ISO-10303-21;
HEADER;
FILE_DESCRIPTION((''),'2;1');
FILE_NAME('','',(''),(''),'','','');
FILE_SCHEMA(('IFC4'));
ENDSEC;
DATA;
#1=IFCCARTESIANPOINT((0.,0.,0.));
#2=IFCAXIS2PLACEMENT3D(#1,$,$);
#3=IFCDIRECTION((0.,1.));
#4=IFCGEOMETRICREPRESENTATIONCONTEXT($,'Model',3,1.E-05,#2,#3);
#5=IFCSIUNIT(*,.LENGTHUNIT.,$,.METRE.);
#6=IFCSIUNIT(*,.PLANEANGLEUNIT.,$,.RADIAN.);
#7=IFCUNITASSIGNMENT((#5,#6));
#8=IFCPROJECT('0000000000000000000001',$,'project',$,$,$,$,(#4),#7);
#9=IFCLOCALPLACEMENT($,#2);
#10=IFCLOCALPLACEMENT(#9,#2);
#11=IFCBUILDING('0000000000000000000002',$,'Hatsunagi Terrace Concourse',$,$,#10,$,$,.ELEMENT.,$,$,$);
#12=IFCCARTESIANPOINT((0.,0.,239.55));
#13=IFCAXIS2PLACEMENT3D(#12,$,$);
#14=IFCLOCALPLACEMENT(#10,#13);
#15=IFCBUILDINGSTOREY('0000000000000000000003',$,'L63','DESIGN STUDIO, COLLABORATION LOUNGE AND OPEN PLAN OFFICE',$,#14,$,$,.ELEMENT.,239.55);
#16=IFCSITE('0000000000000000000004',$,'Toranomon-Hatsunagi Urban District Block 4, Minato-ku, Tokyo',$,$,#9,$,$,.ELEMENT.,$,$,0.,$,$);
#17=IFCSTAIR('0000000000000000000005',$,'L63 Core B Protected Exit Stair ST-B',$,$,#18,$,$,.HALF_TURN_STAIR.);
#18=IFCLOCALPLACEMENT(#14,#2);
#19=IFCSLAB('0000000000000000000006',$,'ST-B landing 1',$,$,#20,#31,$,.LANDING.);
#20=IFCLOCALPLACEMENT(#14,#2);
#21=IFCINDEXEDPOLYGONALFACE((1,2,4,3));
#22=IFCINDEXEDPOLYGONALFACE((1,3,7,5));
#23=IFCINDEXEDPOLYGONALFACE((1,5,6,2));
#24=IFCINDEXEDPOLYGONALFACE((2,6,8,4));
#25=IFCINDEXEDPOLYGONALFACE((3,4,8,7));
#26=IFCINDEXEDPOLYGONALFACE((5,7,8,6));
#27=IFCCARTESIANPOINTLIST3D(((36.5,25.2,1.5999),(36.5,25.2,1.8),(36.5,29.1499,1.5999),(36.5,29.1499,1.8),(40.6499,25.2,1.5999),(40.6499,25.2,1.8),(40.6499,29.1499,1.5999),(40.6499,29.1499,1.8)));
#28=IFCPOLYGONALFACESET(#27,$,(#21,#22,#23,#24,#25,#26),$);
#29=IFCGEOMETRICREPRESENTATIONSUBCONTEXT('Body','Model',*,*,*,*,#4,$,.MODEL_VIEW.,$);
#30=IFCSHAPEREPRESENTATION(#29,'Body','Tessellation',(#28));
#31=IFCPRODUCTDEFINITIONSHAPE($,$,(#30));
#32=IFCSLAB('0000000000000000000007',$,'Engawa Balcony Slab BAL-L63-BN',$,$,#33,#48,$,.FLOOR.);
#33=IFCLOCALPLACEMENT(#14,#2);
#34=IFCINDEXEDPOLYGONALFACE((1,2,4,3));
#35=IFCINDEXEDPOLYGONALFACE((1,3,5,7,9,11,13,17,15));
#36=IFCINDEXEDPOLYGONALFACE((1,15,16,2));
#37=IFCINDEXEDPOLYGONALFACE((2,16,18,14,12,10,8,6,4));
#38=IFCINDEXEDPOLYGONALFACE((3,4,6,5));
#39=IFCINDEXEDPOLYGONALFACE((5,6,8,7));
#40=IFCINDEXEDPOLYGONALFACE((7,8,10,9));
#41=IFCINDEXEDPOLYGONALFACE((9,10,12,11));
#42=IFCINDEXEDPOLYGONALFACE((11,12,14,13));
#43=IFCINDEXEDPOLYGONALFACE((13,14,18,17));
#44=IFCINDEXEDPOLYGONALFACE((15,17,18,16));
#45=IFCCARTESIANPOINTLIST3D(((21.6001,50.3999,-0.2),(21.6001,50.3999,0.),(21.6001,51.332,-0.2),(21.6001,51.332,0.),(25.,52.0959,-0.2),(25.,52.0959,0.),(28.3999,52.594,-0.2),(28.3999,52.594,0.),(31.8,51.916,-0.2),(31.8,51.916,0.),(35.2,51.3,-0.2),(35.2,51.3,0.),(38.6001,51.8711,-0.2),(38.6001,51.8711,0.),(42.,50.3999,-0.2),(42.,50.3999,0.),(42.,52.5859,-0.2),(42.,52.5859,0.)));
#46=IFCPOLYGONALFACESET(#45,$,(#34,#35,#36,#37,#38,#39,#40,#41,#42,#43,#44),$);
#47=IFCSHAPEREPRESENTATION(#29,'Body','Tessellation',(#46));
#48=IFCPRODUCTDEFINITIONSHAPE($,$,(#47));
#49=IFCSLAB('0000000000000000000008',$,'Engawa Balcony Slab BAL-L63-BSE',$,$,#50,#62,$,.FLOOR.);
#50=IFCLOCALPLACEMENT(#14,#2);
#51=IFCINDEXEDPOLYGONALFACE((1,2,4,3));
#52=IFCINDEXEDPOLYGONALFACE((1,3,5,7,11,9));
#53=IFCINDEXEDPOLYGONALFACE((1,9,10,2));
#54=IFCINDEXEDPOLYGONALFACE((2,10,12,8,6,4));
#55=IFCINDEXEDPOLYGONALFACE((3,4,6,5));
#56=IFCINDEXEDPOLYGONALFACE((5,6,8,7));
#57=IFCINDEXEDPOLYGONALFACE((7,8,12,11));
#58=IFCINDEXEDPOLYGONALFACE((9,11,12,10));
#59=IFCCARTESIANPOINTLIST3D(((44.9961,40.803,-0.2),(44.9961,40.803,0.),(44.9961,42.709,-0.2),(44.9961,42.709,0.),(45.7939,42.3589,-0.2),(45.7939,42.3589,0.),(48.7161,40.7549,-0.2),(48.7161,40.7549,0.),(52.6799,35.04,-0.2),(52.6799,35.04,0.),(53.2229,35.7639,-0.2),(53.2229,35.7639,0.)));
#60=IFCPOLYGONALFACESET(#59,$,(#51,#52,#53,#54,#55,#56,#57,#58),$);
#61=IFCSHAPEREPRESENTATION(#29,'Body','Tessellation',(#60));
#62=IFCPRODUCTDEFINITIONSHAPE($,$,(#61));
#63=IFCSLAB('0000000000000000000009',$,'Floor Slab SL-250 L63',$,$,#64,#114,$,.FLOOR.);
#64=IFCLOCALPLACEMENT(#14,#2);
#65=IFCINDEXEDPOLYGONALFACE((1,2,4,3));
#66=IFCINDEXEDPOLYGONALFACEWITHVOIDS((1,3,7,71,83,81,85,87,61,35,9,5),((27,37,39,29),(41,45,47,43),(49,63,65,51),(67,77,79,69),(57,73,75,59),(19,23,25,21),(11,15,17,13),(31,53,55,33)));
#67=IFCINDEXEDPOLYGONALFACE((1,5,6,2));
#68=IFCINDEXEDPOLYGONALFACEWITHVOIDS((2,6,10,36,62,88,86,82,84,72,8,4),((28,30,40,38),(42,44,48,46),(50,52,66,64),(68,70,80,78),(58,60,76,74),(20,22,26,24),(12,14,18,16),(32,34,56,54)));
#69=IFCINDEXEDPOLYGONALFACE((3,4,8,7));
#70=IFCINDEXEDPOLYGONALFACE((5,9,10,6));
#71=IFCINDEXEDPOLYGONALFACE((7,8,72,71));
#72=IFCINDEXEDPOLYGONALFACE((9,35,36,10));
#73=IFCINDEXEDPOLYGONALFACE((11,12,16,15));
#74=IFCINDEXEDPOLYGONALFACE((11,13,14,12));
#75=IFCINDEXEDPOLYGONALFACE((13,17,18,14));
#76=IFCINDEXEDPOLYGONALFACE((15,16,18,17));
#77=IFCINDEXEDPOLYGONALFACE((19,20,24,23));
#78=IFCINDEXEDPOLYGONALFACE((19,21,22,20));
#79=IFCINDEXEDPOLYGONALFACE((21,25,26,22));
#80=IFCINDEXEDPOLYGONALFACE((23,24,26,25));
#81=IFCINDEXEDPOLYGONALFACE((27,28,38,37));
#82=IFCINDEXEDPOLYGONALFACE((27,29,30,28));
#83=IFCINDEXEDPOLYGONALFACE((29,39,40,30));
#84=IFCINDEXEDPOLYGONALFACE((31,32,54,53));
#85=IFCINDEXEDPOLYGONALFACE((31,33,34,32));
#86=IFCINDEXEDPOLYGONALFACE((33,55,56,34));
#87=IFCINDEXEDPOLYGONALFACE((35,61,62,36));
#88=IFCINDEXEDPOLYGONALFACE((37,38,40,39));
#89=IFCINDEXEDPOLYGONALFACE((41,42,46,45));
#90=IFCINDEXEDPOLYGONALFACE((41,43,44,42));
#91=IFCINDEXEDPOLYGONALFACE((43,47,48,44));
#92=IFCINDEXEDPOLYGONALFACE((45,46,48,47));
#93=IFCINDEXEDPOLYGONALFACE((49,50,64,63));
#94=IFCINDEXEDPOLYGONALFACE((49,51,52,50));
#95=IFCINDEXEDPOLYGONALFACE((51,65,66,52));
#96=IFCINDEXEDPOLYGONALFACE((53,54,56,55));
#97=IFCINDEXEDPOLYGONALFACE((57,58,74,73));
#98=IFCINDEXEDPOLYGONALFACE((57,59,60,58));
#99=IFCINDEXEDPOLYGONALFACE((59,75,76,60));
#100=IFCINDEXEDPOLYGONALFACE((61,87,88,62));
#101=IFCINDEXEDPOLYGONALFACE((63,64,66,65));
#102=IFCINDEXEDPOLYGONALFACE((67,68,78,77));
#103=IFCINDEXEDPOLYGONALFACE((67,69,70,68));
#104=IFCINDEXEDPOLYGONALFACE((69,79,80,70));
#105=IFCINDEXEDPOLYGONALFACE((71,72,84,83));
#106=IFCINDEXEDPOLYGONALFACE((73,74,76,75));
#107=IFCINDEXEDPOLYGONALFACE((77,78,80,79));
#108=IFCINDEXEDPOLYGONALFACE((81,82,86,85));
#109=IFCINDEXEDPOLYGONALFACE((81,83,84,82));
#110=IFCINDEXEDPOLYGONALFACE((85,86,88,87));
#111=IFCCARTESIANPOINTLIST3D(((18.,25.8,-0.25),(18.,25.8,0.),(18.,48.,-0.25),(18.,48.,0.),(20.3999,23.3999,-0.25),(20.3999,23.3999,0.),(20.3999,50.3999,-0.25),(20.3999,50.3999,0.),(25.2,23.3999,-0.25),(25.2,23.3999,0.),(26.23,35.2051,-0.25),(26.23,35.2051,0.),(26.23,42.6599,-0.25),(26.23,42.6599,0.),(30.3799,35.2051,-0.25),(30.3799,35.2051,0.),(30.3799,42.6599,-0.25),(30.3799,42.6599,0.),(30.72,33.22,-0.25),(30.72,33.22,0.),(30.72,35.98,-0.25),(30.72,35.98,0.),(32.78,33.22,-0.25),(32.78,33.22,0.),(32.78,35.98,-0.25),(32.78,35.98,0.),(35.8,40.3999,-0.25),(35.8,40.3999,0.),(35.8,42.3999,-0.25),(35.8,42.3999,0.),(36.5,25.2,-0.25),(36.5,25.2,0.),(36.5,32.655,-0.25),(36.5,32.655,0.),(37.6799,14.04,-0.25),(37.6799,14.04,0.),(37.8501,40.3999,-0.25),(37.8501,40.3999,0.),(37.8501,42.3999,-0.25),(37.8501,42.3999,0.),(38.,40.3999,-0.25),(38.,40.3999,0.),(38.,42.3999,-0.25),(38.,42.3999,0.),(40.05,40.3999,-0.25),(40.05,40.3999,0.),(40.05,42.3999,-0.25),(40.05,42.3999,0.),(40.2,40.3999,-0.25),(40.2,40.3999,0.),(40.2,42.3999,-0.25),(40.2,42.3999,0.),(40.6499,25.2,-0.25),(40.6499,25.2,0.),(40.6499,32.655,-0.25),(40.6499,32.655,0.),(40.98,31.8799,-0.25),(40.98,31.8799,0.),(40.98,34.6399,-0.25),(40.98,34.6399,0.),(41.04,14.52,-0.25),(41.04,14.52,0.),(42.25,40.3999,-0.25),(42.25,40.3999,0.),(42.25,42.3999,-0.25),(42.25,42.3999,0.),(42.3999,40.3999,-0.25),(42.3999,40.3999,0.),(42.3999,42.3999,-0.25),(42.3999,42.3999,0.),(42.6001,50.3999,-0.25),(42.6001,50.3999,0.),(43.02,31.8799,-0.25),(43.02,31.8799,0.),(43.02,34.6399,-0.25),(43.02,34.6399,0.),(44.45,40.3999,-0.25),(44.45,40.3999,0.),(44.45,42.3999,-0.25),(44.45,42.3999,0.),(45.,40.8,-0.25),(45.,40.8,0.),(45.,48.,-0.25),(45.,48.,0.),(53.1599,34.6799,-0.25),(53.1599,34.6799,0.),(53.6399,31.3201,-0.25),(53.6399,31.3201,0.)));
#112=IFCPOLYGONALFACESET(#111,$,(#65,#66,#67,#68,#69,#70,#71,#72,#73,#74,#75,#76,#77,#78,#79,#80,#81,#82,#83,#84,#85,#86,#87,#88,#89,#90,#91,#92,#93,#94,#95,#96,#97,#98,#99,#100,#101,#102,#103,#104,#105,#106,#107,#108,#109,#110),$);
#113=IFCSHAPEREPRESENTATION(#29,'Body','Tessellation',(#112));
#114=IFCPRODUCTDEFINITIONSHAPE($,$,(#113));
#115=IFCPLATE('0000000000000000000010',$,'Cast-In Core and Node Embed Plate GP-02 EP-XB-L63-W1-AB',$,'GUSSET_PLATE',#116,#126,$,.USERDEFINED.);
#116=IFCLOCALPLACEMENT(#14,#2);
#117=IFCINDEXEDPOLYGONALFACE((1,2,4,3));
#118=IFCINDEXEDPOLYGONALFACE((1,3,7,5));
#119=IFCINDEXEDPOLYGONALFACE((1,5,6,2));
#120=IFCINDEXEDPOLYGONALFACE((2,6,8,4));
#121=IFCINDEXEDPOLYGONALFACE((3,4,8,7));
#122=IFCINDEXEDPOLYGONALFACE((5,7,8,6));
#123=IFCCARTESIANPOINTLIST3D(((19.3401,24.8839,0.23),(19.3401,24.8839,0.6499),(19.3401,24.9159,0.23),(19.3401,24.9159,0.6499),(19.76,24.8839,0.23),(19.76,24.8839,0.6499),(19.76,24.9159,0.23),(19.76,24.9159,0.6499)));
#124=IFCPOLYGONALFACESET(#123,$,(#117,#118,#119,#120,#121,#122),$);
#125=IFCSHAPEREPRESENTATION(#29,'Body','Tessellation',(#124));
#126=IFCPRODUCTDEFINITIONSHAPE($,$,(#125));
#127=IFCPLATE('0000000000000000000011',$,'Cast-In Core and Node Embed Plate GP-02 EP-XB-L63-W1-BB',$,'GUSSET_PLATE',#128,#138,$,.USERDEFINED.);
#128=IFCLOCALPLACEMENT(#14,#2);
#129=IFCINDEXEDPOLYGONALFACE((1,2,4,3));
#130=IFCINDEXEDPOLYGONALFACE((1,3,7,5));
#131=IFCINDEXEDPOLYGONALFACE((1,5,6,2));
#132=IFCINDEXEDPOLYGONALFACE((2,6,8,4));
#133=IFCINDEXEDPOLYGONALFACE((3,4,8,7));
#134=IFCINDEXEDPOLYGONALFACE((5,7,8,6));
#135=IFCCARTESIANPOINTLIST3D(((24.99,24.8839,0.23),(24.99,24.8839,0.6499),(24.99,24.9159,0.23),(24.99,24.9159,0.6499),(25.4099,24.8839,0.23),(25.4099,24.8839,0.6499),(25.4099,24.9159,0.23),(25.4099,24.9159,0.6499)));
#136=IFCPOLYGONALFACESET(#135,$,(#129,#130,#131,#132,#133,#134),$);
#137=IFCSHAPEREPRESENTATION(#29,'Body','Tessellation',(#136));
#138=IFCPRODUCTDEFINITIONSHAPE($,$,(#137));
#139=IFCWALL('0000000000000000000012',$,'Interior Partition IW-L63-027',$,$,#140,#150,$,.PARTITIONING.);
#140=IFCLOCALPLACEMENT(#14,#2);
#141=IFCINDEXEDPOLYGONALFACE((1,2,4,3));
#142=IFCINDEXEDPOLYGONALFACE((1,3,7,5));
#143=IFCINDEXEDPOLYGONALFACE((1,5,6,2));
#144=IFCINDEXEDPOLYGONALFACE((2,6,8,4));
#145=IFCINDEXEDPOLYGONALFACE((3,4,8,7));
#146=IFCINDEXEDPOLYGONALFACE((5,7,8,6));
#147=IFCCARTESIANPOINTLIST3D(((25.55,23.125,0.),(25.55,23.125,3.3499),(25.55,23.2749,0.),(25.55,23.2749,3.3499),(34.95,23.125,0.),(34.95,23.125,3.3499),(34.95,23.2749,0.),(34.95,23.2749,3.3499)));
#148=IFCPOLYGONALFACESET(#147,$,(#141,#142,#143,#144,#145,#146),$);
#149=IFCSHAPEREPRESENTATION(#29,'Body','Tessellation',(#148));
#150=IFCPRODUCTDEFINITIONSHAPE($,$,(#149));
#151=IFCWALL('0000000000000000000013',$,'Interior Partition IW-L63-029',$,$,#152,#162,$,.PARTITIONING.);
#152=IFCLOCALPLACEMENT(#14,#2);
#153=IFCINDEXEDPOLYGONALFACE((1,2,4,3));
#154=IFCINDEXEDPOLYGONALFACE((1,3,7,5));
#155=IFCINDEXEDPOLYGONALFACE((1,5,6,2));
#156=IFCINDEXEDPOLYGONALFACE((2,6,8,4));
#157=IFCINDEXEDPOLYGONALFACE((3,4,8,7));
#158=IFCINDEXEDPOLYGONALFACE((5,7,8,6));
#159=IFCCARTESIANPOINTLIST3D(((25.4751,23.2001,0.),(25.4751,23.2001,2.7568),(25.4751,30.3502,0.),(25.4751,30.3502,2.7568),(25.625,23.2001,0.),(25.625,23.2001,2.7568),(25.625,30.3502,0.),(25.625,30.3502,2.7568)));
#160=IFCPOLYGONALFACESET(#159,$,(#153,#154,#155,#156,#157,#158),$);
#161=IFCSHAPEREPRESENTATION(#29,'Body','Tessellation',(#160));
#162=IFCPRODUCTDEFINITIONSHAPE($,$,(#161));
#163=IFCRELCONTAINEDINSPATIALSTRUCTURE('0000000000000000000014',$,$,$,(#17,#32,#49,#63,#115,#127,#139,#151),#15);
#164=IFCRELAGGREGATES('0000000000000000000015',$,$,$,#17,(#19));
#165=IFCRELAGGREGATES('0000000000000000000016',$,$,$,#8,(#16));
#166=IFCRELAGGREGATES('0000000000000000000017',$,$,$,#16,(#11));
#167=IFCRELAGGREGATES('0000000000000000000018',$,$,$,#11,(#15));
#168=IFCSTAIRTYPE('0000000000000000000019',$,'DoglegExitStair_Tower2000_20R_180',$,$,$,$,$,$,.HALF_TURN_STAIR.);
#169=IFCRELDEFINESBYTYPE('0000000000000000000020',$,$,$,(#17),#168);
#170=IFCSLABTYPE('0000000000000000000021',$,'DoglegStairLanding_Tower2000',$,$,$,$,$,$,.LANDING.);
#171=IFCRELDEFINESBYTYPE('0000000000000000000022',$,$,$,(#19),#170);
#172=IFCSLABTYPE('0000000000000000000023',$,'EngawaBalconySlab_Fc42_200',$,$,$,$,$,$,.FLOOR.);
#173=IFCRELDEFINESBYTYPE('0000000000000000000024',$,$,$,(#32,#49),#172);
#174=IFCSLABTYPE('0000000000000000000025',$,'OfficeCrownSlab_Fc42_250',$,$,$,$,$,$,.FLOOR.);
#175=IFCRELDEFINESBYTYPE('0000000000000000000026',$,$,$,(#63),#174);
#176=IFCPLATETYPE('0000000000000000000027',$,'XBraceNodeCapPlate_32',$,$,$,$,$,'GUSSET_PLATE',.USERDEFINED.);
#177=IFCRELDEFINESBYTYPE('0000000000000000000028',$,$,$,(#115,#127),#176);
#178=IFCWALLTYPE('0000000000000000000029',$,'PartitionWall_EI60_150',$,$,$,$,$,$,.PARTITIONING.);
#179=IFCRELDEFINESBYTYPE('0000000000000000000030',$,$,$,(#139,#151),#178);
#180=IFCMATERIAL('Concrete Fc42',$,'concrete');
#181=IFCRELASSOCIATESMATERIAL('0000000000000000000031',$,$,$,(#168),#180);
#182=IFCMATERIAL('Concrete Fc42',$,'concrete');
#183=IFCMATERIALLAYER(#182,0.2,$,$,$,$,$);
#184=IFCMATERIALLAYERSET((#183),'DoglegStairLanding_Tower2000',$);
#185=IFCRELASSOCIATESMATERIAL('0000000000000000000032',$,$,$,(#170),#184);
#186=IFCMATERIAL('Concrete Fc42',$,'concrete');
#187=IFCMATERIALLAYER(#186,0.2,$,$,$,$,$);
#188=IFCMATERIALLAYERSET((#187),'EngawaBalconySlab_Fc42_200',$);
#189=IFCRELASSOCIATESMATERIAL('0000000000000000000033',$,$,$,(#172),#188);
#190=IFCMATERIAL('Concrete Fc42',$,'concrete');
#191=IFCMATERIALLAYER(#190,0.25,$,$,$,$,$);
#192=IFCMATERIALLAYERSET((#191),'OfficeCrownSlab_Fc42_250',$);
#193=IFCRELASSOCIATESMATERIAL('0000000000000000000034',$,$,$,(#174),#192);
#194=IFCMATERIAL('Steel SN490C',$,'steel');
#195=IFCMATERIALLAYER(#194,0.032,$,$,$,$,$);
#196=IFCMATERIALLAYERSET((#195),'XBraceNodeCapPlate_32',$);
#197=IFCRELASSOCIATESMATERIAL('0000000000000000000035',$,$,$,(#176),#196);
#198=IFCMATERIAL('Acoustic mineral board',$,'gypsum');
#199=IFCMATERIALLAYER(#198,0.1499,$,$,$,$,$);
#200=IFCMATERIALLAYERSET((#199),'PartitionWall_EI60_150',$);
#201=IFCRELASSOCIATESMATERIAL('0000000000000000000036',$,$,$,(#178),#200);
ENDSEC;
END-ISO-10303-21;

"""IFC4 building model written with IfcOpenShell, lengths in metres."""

from ifc_helpers import new_model, si_unit, direction, frame, frame_2d, origin, origin_2d, place, context, subcontext, project, spatial, polyline, rectangle, outline, extrude, material, layer, layer_set, type_object, element, aggregate, save


model = new_model("IFC4")

# Units and contexts
model_context = context("Model", 3, precision=1e-05, world=origin(), true_north=direction((0.0, 1.0)))
body_context = subcontext(model_context, "Body", "Model", "MODEL_VIEW")
ifc_project = project(units=[si_unit("LENGTHUNIT", "METRE"), si_unit("PLANEANGLEUNIT", "RADIAN")], contexts=[model_context])

# Site, building, storey
site_placement = place(None, origin())
site = spatial("IfcSite", under=ifc_project, at=site_placement, Name="Toranomon-Hatsunagi Urban District Block 4, Minato-ku, Tokyo", CompositionType="ELEMENT", RefElevation=0.0)
building_placement = place(site_placement, origin())
building = spatial("IfcBuilding", under=site, at=building_placement, Name="Hatsunagi Terrace Concourse", CompositionType="ELEMENT")
storey_placement = place(building_placement, frame((0.0, 0.0, 239.55)))
storey = spatial("IfcBuildingStorey", under=building, at=storey_placement, Name="L63", Description="DESIGN STUDIO, COLLABORATION LOUNGE AND OPEN PLAN OFFICE", CompositionType="ELEMENT", Elevation=239.55)

# Stair, slab
ifc_material_1 = material(Name="Concrete Fc42", Category="concrete")
stair_type = type_object("IfcStairType", Name="DoglegExitStair_Tower2000_20R_180", PredefinedType="HALF_TURN_STAIR", material=ifc_material_1)
ifc_material_2 = material(Name="Concrete Fc42", Category="concrete")
ifc_layer_1 = layer(ifc_material_2, 0.2)
ifc_layer_set_1 = layer_set([ifc_layer_1], Name="DoglegStairLanding_Tower2000")
slab_type_1 = type_object("IfcSlabType", Name="DoglegStairLanding_Tower2000", PredefinedType="LANDING", material=ifc_layer_set_1)
stair_1_placement = place(storey_placement, origin())
stair_1 = element("IfcStair", 1, at=stair_1_placement, inside=storey, type_object=stair_type, Name="L63 Core B Protected Exit Stair ST-B", PredefinedType="HALF_TURN_STAIR")
slab_1_placement = place(storey_placement, frame((0.0, 0.0, 1.5999)))
slab_1 = element("IfcSlab", 2, at=slab_1_placement, type_object=slab_type_1, Name="ST-B landing 1", PredefinedType="LANDING", context=body_context, shape_type="SweptSolid", body=[
    extrude(outline(polyline([(36.5, 29.1499), (36.5, 25.2), (40.6499, 25.2), (40.6499, 29.1499), (36.5, 29.1499)])), origin(), (0.0, 0.0, 1.0), 0.2002),
])
aggregate(stair_1, [slab_1])

# Slabs
ifc_material_3 = material(Name="Concrete Fc42", Category="concrete")
ifc_layer_2 = layer(ifc_material_3, 0.2)
ifc_layer_set_2 = layer_set([ifc_layer_2], Name="EngawaBalconySlab_Fc42_200")
slab_type_2 = type_object("IfcSlabType", Name="EngawaBalconySlab_Fc42_200", PredefinedType="FLOOR", material=ifc_layer_set_2)
slab_2_placement = place(storey_placement, frame((0.0, 0.0, -0.2)))
element("IfcSlab", 3, at=slab_2_placement, inside=storey, type_object=slab_type_2, Name="Engawa Balcony Slab BAL-L63-BN", PredefinedType="FLOOR", context=body_context, shape_type="SweptSolid", body=[
    extrude(outline(polyline([(21.6001, 51.332), (21.6001, 50.3999), (42.0, 50.3999), (42.0, 52.5859), (38.6001, 51.8711), (35.2, 51.3), (31.8, 51.916), (28.3999, 52.594), (25.0, 52.0959), (21.6001, 51.332)])), origin(), (0.0, 0.0, 1.0), 0.2),
])
slab_3_placement = place(storey_placement, frame((0.0, 0.0, -0.2)))
element("IfcSlab", 4, at=slab_3_placement, inside=storey, type_object=slab_type_2, Name="Engawa Balcony Slab BAL-L63-BSE", PredefinedType="FLOOR", context=body_context, shape_type="SweptSolid", body=[
    extrude(outline(polyline([(45.7939, 42.3589), (44.9961, 42.709), (44.9961, 40.803), (52.6799, 35.04), (53.2229, 35.7639), (48.7161, 40.7549), (45.7939, 42.3589)])), origin(), (0.0, 0.0, 1.0), 0.2),
])
ifc_material_4 = material(Name="Concrete Fc42", Category="concrete")
ifc_layer_3 = layer(ifc_material_4, 0.25)
ifc_layer_set_3 = layer_set([ifc_layer_3], Name="OfficeCrownSlab_Fc42_250")
slab_type_3 = type_object("IfcSlabType", Name="OfficeCrownSlab_Fc42_250", PredefinedType="FLOOR", material=ifc_layer_set_3)
slab_4_placement = place(storey_placement, frame((0.0, 0.0, -0.25)))
element("IfcSlab", 5, at=slab_4_placement, inside=storey, type_object=slab_type_3, Name="Floor Slab SL-250 L63", PredefinedType="FLOOR", context=body_context, shape_type="SweptSolid", body=[
    extrude(outline(polyline([(45.0, 40.8), (45.0, 48.0), (42.6001, 50.3999), (20.3999, 50.3999), (18.0, 48.0), (18.0, 25.8), (20.3999, 23.3999), (25.2, 23.3999), (37.6799, 14.04), (41.04, 14.52), (53.6399, 31.3201), (53.1599, 34.6799), (45.0, 40.8)]), holes=[polyline([(26.23, 35.2051), (30.3799, 35.2051), (30.3799, 42.6599), (26.23, 42.6599), (26.23, 35.2051)]), polyline([(36.5, 25.2), (40.6499, 25.2), (40.6499, 32.655), (36.5, 32.655), (36.5, 25.2)]), polyline([(30.72, 33.22), (32.78, 33.22), (32.78, 35.98), (30.72, 35.98), (30.72, 33.22)]), polyline([(40.98, 31.8799), (43.02, 31.8799), (43.02, 34.6399), (40.98, 34.6399), (40.98, 31.8799)]), polyline([(35.8, 40.3999), (37.8501, 40.3999), (37.8501, 42.3999), (35.8, 42.3999), (35.8, 40.3999)]), polyline([(38.0, 40.3999), (40.05, 40.3999), (40.05, 42.3999), (38.0, 42.3999), (38.0, 40.3999)]), polyline([(40.2, 40.3999), (42.25, 40.3999), (42.25, 42.3999), (40.2, 42.3999), (40.2, 40.3999)]), polyline([(42.3999, 40.3999), (44.45, 40.3999), (44.45, 42.3999), (42.3999, 42.3999), (42.3999, 40.3999)])]), origin(), (0.0, 0.0, 1.0), 0.25),
])

# Plates
ifc_material_5 = material(Name="Steel SN490C", Category="steel")
ifc_layer_4 = layer(ifc_material_5, 0.032)
ifc_layer_set_4 = layer_set([ifc_layer_4], Name="XBraceNodeCapPlate_32")
plate_type_1 = type_object("IfcPlateType", Name="XBraceNodeCapPlate_32", ElementType="GUSSET_PLATE", PredefinedType="USERDEFINED", material=ifc_layer_set_4)
for number, where, z_axis, x_axis, name in (
    (6, (19.55, 24.8999, 0.23), (0.0, 0.0, 1.0), (1.0, 0.0, 0.0), "Cast-In Core and Node Embed Plate GP-02 EP-XB-L63-W1-AB"),
    (7, (25.2, 24.8999, 0.23), (0.0, 0.0, 1.0), (1.0, 0.0, 0.0), "Cast-In Core and Node Embed Plate GP-02 EP-XB-L63-W1-BB"),
):
    element("IfcPlate", number, at=place(storey_placement, frame(where, z_axis=z_axis, x_axis=x_axis)), inside=storey, type_object=plate_type_1, Name=name, ObjectType="GUSSET_PLATE", PredefinedType="USERDEFINED", context=body_context, shape_type="SweptSolid", body=[
        extrude(rectangle(XDim=0.4199, YDim=0.032, at=origin_2d()), origin(), (0.0, 0.0, 1.0), 0.4199),
    ])

# Walls
ifc_material_6 = material(Name="Acoustic mineral board", Category="gypsum")
ifc_layer_5 = layer(ifc_material_6, 0.1499)
ifc_layer_set_5 = layer_set([ifc_layer_5], Name="PartitionWall_EI60_150")
wall_type_1 = type_object("IfcWallType", Name="PartitionWall_EI60_150", PredefinedType="PARTITIONING", material=ifc_layer_set_5)
wall_1_placement = place(storey_placement, frame((25.55, 23.2, 0.0), z_axis=(0.0, 0.0, 1.0), x_axis=(1.0, 0.0, 0.0)))
element("IfcWall", 8, at=wall_1_placement, inside=storey, type_object=wall_type_1, Name="Interior Partition IW-L63-027", PredefinedType="PARTITIONING", context=body_context, shape_type="SweptSolid", body=[
    extrude(rectangle(XDim=9.3999, YDim=0.1499, at=frame_2d((4.7, 0.0))), origin(), (0.0, 0.0, 1.0), 3.3499),
])
wall_2_placement = place(storey_placement, frame((25.55, 23.2, 0.0), z_axis=(0.0, 0.0, 1.0), x_axis=(0.0, 1.0, 0.0)))
element("IfcWall", 9, at=wall_2_placement, inside=storey, type_object=wall_type_1, Name="Interior Partition IW-L63-029", PredefinedType="PARTITIONING", context=body_context, shape_type="SweptSolid", body=[
    extrude(rectangle(XDim=7.1501, YDim=0.1499, at=frame_2d((3.5752, 0.0))), origin(), (0.0, 0.0, 1.0), 2.7568),
])

save(model, "model.ifc")
